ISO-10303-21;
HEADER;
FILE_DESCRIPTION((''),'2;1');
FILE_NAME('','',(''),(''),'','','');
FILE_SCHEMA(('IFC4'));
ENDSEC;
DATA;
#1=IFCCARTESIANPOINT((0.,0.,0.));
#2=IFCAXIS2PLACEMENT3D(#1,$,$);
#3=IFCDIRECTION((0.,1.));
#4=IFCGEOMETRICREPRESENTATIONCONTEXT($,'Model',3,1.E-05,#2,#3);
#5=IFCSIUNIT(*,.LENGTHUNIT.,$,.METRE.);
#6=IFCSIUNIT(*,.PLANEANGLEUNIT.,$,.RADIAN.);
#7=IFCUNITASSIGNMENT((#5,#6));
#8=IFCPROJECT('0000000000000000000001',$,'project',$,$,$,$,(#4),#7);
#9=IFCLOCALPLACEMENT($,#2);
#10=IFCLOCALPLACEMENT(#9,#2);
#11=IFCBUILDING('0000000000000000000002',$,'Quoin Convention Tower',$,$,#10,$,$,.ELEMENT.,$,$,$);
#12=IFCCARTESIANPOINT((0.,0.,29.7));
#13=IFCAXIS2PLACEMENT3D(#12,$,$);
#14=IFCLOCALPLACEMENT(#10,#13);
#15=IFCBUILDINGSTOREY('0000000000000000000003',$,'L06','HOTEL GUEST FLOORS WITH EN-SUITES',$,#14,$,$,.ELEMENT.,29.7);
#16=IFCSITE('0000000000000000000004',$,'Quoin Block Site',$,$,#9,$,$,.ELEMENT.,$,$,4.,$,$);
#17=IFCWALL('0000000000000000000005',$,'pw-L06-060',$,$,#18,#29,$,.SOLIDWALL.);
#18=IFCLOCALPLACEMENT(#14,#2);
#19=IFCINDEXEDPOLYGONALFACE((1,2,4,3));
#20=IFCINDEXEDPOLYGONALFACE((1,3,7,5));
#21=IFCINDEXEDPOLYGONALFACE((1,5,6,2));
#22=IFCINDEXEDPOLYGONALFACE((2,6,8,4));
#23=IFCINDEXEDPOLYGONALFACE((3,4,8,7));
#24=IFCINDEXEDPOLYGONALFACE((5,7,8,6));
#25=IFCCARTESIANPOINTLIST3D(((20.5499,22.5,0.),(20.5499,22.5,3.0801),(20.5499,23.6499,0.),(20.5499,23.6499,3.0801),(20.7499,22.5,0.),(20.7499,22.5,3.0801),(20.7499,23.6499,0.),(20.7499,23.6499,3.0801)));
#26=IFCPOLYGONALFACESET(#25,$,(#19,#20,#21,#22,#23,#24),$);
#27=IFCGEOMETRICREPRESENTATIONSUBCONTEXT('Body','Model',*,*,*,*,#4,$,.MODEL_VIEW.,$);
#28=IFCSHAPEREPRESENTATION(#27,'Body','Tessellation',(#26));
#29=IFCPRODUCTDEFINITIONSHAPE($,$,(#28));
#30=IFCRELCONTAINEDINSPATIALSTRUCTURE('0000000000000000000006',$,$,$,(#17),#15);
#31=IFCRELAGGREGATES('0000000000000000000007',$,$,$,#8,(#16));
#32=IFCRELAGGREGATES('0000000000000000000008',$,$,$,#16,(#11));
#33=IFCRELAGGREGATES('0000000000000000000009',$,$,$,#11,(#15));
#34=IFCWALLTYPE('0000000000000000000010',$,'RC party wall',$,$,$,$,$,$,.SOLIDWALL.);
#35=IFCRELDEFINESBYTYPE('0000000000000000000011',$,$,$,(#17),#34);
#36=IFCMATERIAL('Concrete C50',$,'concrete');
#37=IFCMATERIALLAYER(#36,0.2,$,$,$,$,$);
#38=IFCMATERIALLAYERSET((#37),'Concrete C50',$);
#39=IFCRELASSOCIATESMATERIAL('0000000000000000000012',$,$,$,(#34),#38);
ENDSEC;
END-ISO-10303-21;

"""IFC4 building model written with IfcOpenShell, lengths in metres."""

from ifc_helpers import new_model, si_unit, direction, frame, frame_2d, origin, place, context, subcontext, project, spatial, rectangle, extrude, material, layer, layer_set, type_object, element, save


model = new_model("IFC4")

# Units and contexts
model_context = context("Model", 3, precision=1e-05, world=origin(), true_north=direction((0.0, 1.0)))
body_context = subcontext(model_context, "Body", "Model", "MODEL_VIEW")
ifc_project = project(units=[si_unit("LENGTHUNIT", "METRE"), si_unit("PLANEANGLEUNIT", "RADIAN")], contexts=[model_context])

# Site, building, storey
site_placement = place(None, origin())
site = spatial("IfcSite", under=ifc_project, at=site_placement, Name="Quoin Block Site", CompositionType="ELEMENT", RefElevation=4.0)
building_placement = place(site_placement, origin())
building = spatial("IfcBuilding", under=site, at=building_placement, Name="Quoin Convention Tower", CompositionType="ELEMENT")
storey_placement = place(building_placement, frame((0.0, 0.0, 29.7)))
storey = spatial("IfcBuildingStorey", under=building, at=storey_placement, Name="L06", Description="HOTEL GUEST FLOORS WITH EN-SUITES", CompositionType="ELEMENT", Elevation=29.7)

# Shared definitions
ifc_material_1 = material(Name="Concrete C50", Category="concrete")
ifc_layer_1 = layer(ifc_material_1, 0.2)
ifc_layer_set_1 = layer_set([ifc_layer_1], Name="Concrete C50")
wall_type_1 = type_object("IfcWallType", Name="RC party wall", PredefinedType="SOLIDWALL", material=ifc_layer_set_1)

# Wall
wall_1_placement = place(storey_placement, frame((20.6499, 22.5, 0.0), z_axis=(0.0, 0.0, 1.0), x_axis=(0.0, 1.0, 0.0)))
element("IfcWall", 1, at=wall_1_placement, inside=storey, type_object=wall_type_1, Name="pw-L06-060", PredefinedType="SOLIDWALL", context=body_context, shape_type="SweptSolid", body=[
    extrude(rectangle(XDim=1.1499, YDim=0.2, at=frame_2d((0.575, 0.0))), origin(), (0.0, 0.0, 1.0), 3.0801),
])

save(model, "model.ifc")
